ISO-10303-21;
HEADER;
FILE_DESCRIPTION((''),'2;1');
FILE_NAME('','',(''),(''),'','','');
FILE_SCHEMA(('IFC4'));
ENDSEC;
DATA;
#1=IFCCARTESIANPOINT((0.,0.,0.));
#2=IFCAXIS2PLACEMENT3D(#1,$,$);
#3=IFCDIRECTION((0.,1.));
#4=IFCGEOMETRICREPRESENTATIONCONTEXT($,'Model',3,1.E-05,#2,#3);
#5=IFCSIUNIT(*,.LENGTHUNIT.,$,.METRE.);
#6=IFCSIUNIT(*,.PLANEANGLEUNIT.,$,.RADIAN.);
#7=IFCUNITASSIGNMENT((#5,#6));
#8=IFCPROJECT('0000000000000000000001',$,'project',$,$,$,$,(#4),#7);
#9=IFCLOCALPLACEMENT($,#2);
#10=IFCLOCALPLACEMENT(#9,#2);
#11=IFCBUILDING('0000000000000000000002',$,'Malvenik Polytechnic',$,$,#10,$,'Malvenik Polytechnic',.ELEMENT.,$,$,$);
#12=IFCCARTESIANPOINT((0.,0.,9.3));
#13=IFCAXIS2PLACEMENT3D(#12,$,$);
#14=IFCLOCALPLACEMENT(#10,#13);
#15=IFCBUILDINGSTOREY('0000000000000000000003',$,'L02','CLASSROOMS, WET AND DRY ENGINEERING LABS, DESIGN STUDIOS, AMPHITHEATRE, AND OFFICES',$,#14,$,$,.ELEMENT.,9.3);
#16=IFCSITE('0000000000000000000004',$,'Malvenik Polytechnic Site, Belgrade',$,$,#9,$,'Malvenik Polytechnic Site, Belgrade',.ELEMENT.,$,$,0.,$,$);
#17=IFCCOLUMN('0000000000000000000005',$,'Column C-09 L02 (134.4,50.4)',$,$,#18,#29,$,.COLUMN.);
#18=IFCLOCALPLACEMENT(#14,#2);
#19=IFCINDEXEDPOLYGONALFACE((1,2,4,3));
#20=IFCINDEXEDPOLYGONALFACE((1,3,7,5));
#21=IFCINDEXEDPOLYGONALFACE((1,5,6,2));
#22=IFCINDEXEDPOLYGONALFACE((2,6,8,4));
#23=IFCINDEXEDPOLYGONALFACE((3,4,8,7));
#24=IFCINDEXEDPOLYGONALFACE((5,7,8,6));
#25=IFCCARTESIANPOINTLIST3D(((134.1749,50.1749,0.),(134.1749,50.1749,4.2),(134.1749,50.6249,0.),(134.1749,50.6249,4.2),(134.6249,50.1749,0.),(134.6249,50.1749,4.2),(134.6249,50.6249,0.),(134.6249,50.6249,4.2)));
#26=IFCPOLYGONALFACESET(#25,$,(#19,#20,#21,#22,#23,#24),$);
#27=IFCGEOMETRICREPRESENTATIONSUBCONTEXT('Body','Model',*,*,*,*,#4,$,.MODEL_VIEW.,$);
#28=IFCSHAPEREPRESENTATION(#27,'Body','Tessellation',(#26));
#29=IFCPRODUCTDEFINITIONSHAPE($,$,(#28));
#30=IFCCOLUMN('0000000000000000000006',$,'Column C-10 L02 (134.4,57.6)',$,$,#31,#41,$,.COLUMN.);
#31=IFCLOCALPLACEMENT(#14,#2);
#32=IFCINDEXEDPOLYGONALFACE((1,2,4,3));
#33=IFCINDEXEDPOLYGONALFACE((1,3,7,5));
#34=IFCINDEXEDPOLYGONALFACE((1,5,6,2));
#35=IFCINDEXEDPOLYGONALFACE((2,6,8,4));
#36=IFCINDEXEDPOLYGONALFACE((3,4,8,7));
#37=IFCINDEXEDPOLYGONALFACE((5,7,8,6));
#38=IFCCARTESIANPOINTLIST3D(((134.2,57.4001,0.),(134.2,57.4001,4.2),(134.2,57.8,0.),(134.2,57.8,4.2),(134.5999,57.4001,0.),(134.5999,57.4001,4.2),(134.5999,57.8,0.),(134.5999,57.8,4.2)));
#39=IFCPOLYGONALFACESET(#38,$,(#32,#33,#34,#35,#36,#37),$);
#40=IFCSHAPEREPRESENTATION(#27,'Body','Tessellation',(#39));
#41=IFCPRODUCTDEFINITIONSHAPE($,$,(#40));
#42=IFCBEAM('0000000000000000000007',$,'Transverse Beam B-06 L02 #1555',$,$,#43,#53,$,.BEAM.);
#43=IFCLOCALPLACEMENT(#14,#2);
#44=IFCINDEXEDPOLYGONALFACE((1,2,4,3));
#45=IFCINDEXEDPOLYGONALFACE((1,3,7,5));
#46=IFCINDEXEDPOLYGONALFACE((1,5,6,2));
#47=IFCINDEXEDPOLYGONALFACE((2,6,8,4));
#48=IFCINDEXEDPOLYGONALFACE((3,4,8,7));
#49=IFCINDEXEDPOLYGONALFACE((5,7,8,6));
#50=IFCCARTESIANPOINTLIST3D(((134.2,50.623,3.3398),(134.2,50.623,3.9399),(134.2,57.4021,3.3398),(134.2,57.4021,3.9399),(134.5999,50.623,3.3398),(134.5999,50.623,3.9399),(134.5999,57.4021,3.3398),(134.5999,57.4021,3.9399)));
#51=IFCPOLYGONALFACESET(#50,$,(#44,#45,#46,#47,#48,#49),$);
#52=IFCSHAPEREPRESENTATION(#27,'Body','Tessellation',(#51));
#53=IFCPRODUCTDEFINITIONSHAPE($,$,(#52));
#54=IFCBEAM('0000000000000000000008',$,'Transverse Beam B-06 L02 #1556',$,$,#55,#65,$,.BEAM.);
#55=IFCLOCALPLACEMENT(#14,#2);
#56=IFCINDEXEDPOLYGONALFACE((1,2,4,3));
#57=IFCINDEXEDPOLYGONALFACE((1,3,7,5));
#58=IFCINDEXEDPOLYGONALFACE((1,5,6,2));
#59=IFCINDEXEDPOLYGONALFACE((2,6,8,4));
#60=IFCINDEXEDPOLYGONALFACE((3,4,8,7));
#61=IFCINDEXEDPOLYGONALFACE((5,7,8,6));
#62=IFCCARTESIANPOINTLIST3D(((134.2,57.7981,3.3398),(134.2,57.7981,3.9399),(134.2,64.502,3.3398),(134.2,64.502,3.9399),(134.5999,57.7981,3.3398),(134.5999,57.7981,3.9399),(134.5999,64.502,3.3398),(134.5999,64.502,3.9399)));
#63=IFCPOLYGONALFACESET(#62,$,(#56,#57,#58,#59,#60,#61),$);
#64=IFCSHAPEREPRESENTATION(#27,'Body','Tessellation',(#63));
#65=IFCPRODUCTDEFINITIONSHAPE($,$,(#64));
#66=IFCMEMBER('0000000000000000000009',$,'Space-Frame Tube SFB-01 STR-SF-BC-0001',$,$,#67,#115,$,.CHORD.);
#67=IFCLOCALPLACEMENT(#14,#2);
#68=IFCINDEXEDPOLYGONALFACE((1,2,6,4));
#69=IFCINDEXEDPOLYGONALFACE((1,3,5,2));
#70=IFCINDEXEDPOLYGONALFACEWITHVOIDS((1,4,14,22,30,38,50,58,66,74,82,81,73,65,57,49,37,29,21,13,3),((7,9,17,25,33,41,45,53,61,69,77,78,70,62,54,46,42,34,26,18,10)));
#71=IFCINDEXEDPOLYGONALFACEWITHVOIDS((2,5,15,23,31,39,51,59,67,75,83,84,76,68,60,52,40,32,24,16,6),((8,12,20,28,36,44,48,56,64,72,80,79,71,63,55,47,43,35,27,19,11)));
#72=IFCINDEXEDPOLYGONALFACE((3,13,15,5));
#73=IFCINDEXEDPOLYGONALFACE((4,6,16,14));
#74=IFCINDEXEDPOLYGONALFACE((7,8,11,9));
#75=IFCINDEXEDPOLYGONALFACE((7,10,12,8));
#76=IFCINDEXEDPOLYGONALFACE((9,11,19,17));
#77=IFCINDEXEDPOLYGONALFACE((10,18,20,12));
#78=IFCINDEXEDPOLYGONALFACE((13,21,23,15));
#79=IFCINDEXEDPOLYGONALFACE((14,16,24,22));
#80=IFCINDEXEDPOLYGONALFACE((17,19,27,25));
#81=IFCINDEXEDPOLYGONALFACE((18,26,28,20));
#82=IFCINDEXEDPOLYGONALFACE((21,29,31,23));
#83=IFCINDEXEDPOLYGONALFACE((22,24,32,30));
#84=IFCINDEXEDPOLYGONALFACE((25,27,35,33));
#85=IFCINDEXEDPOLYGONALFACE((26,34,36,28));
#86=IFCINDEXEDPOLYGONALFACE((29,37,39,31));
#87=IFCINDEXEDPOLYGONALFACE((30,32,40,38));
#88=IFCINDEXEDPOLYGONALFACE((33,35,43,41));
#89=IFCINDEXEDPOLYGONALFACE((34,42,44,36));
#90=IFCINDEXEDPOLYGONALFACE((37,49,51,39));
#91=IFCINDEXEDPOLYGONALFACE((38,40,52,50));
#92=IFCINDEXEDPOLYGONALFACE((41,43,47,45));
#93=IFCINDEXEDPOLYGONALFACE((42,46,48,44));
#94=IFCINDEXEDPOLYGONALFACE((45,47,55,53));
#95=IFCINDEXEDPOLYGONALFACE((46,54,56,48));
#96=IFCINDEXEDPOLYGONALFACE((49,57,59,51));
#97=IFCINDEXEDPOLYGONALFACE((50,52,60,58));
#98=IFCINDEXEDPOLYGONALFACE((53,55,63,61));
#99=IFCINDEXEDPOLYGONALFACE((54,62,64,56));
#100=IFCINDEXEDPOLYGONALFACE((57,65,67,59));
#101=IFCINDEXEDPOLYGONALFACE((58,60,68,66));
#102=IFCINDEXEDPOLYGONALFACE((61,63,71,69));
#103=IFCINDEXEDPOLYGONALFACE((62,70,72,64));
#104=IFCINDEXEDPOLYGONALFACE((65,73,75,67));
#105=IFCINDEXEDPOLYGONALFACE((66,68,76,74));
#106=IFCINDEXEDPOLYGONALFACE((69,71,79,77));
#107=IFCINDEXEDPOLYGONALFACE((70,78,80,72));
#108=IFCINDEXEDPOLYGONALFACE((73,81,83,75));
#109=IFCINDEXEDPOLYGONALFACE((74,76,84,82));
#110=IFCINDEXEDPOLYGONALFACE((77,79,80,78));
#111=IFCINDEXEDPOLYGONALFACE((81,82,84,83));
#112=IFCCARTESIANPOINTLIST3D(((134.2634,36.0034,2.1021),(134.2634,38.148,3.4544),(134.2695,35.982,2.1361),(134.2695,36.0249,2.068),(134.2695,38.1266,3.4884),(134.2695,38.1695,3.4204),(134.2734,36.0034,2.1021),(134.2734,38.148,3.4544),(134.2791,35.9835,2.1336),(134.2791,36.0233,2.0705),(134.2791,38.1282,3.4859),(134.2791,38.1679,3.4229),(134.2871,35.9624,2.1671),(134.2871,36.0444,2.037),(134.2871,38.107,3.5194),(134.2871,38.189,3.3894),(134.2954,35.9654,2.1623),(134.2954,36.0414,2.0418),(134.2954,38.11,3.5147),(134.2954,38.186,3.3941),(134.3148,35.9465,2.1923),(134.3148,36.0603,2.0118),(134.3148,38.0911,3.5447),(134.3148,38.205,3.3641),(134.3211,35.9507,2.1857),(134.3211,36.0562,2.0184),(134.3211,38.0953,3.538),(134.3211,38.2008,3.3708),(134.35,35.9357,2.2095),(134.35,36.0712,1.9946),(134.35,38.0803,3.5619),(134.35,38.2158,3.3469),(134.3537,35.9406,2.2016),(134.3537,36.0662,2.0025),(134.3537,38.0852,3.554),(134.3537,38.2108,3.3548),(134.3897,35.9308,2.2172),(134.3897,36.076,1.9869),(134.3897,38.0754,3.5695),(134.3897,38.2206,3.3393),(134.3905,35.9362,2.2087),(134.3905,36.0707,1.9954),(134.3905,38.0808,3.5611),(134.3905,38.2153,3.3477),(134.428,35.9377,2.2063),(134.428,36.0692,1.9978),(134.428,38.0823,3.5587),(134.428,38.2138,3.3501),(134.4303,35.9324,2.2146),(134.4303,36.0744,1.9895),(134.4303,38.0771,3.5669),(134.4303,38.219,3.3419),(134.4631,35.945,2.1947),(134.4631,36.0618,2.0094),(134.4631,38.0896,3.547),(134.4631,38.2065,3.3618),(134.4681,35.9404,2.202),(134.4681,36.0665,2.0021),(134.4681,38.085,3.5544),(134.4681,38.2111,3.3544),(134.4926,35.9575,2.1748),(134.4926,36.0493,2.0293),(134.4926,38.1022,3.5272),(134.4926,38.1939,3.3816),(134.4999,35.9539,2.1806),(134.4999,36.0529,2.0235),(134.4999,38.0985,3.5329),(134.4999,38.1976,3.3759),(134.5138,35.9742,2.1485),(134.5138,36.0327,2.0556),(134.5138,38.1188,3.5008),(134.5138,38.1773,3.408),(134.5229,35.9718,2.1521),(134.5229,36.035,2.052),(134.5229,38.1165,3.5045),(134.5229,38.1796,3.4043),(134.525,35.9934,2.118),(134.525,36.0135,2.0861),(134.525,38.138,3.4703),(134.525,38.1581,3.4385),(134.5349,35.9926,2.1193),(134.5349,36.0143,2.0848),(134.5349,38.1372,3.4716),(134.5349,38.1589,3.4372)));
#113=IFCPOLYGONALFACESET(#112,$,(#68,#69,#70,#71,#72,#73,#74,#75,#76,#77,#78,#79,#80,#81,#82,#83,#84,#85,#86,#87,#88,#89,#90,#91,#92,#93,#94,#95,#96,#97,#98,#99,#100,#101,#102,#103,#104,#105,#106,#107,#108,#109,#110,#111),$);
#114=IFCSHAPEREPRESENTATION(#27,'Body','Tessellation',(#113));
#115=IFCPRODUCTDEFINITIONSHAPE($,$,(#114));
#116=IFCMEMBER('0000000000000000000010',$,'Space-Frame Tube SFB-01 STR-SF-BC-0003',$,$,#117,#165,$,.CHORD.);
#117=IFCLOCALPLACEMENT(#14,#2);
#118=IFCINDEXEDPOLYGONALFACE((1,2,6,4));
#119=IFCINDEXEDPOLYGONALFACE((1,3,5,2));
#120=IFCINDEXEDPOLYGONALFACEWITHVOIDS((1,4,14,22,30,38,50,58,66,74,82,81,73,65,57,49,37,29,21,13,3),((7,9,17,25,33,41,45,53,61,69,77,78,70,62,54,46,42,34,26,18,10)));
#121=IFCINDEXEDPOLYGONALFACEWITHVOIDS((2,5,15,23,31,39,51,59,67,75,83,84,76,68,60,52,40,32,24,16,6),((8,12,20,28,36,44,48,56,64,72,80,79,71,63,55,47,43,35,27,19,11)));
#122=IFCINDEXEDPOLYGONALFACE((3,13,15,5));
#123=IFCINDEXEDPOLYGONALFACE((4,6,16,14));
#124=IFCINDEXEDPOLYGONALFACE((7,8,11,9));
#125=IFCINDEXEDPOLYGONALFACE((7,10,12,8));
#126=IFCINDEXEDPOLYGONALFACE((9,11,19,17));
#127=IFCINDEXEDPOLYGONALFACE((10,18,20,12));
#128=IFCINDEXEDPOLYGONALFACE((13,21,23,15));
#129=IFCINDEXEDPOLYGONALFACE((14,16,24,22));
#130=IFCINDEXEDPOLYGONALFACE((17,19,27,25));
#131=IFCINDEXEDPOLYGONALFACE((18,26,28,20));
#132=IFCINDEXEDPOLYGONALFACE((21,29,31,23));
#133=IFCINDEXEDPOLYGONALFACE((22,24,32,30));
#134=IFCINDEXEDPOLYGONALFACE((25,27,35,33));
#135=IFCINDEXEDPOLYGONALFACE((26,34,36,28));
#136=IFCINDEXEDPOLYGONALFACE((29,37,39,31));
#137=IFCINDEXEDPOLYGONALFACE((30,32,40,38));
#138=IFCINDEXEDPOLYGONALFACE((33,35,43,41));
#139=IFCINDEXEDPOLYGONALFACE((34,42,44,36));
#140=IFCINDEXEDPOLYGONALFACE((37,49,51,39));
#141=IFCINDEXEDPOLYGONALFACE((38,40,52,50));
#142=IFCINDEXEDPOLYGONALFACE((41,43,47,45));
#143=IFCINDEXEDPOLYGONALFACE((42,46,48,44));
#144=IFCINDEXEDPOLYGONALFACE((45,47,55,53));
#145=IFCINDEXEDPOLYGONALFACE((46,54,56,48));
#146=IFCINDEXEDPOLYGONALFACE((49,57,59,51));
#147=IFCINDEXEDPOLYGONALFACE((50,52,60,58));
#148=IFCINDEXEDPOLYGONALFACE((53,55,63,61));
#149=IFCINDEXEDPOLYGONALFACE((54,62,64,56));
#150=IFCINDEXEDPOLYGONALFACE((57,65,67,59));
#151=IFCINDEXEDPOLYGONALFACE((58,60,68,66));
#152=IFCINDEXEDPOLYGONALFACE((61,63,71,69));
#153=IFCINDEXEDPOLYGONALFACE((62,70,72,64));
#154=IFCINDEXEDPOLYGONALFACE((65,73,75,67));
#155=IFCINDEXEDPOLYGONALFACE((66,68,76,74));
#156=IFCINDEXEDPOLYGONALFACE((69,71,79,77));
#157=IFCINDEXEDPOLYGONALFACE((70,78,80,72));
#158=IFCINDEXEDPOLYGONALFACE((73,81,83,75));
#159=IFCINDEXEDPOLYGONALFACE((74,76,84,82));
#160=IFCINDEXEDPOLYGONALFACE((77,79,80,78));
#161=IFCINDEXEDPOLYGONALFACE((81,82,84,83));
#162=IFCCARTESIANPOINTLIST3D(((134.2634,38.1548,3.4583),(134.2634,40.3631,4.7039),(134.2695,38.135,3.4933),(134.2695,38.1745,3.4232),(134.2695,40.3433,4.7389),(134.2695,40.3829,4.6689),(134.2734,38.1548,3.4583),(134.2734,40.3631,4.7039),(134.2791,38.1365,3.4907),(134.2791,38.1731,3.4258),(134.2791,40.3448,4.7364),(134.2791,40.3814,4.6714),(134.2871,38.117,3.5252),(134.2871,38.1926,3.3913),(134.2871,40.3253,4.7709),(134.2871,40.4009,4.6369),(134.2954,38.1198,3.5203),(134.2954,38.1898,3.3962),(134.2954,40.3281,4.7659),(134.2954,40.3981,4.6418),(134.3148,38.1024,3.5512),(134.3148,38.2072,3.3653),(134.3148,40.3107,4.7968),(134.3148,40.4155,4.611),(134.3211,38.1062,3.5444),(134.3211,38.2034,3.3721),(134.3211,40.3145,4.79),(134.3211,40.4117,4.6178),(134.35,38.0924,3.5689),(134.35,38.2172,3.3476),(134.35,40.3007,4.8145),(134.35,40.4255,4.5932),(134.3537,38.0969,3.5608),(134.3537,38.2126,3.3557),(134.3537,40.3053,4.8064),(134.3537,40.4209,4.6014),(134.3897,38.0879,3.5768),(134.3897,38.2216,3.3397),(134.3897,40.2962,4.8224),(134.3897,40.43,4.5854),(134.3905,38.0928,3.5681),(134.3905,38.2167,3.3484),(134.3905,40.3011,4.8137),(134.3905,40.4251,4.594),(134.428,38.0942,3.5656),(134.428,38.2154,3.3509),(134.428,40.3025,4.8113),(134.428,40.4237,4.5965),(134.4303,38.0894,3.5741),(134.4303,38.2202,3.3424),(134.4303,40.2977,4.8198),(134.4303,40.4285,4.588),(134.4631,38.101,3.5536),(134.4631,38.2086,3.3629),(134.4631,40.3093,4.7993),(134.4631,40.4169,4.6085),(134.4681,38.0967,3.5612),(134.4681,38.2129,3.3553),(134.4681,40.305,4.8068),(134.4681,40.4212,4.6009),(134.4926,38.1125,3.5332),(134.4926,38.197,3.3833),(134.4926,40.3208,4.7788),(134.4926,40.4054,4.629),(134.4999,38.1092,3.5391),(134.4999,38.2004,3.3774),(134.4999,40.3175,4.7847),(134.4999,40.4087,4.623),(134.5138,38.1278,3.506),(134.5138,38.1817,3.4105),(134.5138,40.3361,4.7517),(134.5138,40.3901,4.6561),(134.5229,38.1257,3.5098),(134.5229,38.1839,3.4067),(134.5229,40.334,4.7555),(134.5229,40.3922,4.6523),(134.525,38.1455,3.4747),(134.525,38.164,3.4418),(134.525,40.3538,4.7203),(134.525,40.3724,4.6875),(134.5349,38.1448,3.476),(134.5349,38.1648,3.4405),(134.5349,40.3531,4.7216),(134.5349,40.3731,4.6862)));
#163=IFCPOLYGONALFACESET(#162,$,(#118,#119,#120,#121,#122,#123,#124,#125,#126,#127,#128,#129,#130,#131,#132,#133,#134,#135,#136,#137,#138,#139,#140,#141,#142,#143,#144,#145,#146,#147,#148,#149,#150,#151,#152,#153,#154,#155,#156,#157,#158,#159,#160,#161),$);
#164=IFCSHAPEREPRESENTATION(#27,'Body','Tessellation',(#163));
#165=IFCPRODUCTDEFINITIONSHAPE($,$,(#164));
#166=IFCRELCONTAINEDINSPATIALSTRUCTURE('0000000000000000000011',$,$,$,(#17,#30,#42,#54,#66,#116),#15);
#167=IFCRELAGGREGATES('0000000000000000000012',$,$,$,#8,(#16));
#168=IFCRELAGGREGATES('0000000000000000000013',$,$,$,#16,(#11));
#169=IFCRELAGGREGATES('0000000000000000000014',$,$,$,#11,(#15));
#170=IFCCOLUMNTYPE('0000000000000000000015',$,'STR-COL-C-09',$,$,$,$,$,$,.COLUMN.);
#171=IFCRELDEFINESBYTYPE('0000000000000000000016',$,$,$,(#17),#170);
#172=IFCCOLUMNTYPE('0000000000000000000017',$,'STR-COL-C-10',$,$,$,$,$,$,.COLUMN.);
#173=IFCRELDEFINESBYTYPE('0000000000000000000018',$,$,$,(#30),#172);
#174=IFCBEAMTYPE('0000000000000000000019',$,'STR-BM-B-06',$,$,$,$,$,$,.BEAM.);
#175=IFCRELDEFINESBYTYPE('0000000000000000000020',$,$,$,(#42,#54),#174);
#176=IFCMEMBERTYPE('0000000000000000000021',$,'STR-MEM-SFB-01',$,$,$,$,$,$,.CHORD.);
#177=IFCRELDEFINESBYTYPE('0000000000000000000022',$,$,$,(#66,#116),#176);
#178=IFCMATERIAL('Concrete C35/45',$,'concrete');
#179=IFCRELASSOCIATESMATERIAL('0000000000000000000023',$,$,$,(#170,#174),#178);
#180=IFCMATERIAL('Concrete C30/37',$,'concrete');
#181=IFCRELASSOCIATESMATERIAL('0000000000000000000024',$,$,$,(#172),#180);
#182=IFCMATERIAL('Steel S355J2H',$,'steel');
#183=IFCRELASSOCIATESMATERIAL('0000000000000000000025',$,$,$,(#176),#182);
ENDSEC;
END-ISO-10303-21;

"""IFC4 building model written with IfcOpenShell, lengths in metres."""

from ifc_helpers import new_model, si_unit, direction, frame, origin, origin_2d, place, context, subcontext, project, spatial, rectangle, hollow_circle, extrude, material, material_profile, profile_set, type_object, element, save


model = new_model("IFC4")

# Units and contexts
model_context = context("Model", 3, precision=1e-05, world=origin(), true_north=direction((0.0, 1.0)))
body_context = subcontext(model_context, "Body", "Model", "MODEL_VIEW")
ifc_project = project(units=[si_unit("LENGTHUNIT", "METRE"), si_unit("PLANEANGLEUNIT", "RADIAN")], contexts=[model_context])

# Site, building, storey
site_placement = place(None, origin())
site = spatial("IfcSite", under=ifc_project, at=site_placement, Name="Malvenik Polytechnic Site, Belgrade", LongName="Malvenik Polytechnic Site, Belgrade", CompositionType="ELEMENT", RefElevation=0.0)
building_placement = place(site_placement, origin())
building = spatial("IfcBuilding", under=site, at=building_placement, Name="Malvenik Polytechnic", LongName="Malvenik Polytechnic", CompositionType="ELEMENT")
storey_placement = place(building_placement, frame((0.0, 0.0, 9.3)))
storey = spatial("IfcBuildingStorey", under=building, at=storey_placement, Name="L02", Description="CLASSROOMS, WET AND DRY ENGINEERING LABS, DESIGN STUDIOS, AMPHITHEATRE, AND OFFICES", CompositionType="ELEMENT", Elevation=9.3)

# Columns
ifc_material_1 = material(Name="Concrete C35/45", Category="concrete")
ifc_material_profile_1 = material_profile(ifc_material_1, rectangle(XDim=0.45, YDim=0.45, at=origin_2d()), Name="RC COL 450x450")
ifc_profile_set_1 = profile_set([ifc_material_profile_1], Name="Concrete C35/45")
column_type_1 = type_object("IfcColumnType", Name="STR-COL-C-09", PredefinedType="COLUMN", material=ifc_profile_set_1)
column_1_placement = place(storey_placement, frame((134.3999, 50.3999, 0.0), z_axis=(0.0, 0.0, 1.0), x_axis=(1.0, 0.0, 0.0)))
element("IfcColumn", 1, at=column_1_placement, inside=storey, type_object=column_type_1, Name="Column C-09 L02 (134.4,50.4)", PredefinedType="COLUMN", context=body_context, shape_type="SweptSolid", body=[
    extrude(rectangle(XDim=0.45, YDim=0.45, at=origin_2d()), origin(), (0.0, 0.0, 1.0), 4.2),
])
ifc_material_2 = material(Name="Concrete C30/37", Category="concrete")
ifc_material_profile_2 = material_profile(ifc_material_2, rectangle(XDim=0.3999, YDim=0.3999, at=origin_2d()), Name="RC COL 400x400")
ifc_profile_set_2 = profile_set([ifc_material_profile_2], Name="Concrete C30/37")
column_type_2 = type_object("IfcColumnType", Name="STR-COL-C-10", PredefinedType="COLUMN", material=ifc_profile_set_2)
column_2_placement = place(storey_placement, frame((134.3999, 57.6001, 0.0), z_axis=(0.0, 0.0, 1.0), x_axis=(1.0, 0.0, 0.0)))
element("IfcColumn", 2, at=column_2_placement, inside=storey, type_object=column_type_2, Name="Column C-10 L02 (134.4,57.6)", PredefinedType="COLUMN", context=body_context, shape_type="SweptSolid", body=[
    extrude(rectangle(XDim=0.3999, YDim=0.3999, at=origin_2d()), origin(), (0.0, 0.0, 1.0), 4.2),
])

# Beams
ifc_material_profile_3 = material_profile(ifc_material_1, rectangle(XDim=0.3999, YDim=0.6001, at=origin_2d()), Name="RC BM 400x600")
ifc_profile_set_3 = profile_set([ifc_material_profile_3], Name="Concrete C35/45")
beam_type = type_object("IfcBeamType", Name="STR-BM-B-06", PredefinedType="BEAM", material=ifc_profile_set_3)
beam_1_placement = place(storey_placement, frame((134.3999, 50.623, 3.6399), z_axis=(0.0, 1.0, 0.0), x_axis=(-1.0, 0.0, 0.0)))
element("IfcBeam", 3, at=beam_1_placement, inside=storey, type_object=beam_type, Name="Transverse Beam B-06 L02 #1555", PredefinedType="BEAM", context=body_context, shape_type="SweptSolid", body=[
    extrude(rectangle(XDim=0.3999, YDim=0.6001, at=origin_2d()), origin(), (0.0, 0.0, 1.0), 6.7791),
])
beam_2_placement = place(storey_placement, frame((134.3999, 57.7981, 3.6399), z_axis=(0.0, 1.0, 0.0), x_axis=(-1.0, 0.0, 0.0)))
element("IfcBeam", 4, at=beam_2_placement, inside=storey, type_object=beam_type, Name="Transverse Beam B-06 L02 #1556", PredefinedType="BEAM", context=body_context, shape_type="SweptSolid", body=[
    extrude(rectangle(XDim=0.3999, YDim=0.6001, at=origin_2d()), origin(), (0.0, 0.0, 1.0), 6.7039),
])

# Members
ifc_material_3 = material(Name="Steel S355J2H", Category="steel")
ifc_material_profile_4 = material_profile(ifc_material_3, hollow_circle(Radius=0.1365, WallThickness=0.01, at=origin_2d()), Name="CHS 273.0x10.0")
ifc_profile_set_4 = profile_set([ifc_material_profile_4], Name="Steel S355J2H")
member_type_1 = type_object("IfcMemberType", Name="STR-MEM-SFB-01", PredefinedType="CHORD", material=ifc_profile_set_4)
for number, where, z_axis, x_axis, name in (
    (5, (134.3999, 36.0034, 2.1021), (0.0, 0.845871, 0.533388), (-1.0, 0.0, 0.0), "Space-Frame Tube SFB-01 STR-SF-BC-0001"),
    (6, (134.3999, 38.1548, 3.4583), (0.0, 0.870991, 0.491299), (-1.0, 0.0, 0.0), "Space-Frame Tube SFB-01 STR-SF-BC-0003"),
):
    element("IfcMember", number, at=place(storey_placement, frame(where, z_axis=z_axis, x_axis=x_axis)), inside=storey, type_object=member_type_1, Name=name, PredefinedType="CHORD", context=body_context, shape_type="SweptSolid", body=[
        extrude(hollow_circle(Radius=0.1365, WallThickness=0.01, at=origin_2d()), origin(), (0.0, 0.0, 1.0), 2.5354),
    ])

save(model, "model.ifc")
